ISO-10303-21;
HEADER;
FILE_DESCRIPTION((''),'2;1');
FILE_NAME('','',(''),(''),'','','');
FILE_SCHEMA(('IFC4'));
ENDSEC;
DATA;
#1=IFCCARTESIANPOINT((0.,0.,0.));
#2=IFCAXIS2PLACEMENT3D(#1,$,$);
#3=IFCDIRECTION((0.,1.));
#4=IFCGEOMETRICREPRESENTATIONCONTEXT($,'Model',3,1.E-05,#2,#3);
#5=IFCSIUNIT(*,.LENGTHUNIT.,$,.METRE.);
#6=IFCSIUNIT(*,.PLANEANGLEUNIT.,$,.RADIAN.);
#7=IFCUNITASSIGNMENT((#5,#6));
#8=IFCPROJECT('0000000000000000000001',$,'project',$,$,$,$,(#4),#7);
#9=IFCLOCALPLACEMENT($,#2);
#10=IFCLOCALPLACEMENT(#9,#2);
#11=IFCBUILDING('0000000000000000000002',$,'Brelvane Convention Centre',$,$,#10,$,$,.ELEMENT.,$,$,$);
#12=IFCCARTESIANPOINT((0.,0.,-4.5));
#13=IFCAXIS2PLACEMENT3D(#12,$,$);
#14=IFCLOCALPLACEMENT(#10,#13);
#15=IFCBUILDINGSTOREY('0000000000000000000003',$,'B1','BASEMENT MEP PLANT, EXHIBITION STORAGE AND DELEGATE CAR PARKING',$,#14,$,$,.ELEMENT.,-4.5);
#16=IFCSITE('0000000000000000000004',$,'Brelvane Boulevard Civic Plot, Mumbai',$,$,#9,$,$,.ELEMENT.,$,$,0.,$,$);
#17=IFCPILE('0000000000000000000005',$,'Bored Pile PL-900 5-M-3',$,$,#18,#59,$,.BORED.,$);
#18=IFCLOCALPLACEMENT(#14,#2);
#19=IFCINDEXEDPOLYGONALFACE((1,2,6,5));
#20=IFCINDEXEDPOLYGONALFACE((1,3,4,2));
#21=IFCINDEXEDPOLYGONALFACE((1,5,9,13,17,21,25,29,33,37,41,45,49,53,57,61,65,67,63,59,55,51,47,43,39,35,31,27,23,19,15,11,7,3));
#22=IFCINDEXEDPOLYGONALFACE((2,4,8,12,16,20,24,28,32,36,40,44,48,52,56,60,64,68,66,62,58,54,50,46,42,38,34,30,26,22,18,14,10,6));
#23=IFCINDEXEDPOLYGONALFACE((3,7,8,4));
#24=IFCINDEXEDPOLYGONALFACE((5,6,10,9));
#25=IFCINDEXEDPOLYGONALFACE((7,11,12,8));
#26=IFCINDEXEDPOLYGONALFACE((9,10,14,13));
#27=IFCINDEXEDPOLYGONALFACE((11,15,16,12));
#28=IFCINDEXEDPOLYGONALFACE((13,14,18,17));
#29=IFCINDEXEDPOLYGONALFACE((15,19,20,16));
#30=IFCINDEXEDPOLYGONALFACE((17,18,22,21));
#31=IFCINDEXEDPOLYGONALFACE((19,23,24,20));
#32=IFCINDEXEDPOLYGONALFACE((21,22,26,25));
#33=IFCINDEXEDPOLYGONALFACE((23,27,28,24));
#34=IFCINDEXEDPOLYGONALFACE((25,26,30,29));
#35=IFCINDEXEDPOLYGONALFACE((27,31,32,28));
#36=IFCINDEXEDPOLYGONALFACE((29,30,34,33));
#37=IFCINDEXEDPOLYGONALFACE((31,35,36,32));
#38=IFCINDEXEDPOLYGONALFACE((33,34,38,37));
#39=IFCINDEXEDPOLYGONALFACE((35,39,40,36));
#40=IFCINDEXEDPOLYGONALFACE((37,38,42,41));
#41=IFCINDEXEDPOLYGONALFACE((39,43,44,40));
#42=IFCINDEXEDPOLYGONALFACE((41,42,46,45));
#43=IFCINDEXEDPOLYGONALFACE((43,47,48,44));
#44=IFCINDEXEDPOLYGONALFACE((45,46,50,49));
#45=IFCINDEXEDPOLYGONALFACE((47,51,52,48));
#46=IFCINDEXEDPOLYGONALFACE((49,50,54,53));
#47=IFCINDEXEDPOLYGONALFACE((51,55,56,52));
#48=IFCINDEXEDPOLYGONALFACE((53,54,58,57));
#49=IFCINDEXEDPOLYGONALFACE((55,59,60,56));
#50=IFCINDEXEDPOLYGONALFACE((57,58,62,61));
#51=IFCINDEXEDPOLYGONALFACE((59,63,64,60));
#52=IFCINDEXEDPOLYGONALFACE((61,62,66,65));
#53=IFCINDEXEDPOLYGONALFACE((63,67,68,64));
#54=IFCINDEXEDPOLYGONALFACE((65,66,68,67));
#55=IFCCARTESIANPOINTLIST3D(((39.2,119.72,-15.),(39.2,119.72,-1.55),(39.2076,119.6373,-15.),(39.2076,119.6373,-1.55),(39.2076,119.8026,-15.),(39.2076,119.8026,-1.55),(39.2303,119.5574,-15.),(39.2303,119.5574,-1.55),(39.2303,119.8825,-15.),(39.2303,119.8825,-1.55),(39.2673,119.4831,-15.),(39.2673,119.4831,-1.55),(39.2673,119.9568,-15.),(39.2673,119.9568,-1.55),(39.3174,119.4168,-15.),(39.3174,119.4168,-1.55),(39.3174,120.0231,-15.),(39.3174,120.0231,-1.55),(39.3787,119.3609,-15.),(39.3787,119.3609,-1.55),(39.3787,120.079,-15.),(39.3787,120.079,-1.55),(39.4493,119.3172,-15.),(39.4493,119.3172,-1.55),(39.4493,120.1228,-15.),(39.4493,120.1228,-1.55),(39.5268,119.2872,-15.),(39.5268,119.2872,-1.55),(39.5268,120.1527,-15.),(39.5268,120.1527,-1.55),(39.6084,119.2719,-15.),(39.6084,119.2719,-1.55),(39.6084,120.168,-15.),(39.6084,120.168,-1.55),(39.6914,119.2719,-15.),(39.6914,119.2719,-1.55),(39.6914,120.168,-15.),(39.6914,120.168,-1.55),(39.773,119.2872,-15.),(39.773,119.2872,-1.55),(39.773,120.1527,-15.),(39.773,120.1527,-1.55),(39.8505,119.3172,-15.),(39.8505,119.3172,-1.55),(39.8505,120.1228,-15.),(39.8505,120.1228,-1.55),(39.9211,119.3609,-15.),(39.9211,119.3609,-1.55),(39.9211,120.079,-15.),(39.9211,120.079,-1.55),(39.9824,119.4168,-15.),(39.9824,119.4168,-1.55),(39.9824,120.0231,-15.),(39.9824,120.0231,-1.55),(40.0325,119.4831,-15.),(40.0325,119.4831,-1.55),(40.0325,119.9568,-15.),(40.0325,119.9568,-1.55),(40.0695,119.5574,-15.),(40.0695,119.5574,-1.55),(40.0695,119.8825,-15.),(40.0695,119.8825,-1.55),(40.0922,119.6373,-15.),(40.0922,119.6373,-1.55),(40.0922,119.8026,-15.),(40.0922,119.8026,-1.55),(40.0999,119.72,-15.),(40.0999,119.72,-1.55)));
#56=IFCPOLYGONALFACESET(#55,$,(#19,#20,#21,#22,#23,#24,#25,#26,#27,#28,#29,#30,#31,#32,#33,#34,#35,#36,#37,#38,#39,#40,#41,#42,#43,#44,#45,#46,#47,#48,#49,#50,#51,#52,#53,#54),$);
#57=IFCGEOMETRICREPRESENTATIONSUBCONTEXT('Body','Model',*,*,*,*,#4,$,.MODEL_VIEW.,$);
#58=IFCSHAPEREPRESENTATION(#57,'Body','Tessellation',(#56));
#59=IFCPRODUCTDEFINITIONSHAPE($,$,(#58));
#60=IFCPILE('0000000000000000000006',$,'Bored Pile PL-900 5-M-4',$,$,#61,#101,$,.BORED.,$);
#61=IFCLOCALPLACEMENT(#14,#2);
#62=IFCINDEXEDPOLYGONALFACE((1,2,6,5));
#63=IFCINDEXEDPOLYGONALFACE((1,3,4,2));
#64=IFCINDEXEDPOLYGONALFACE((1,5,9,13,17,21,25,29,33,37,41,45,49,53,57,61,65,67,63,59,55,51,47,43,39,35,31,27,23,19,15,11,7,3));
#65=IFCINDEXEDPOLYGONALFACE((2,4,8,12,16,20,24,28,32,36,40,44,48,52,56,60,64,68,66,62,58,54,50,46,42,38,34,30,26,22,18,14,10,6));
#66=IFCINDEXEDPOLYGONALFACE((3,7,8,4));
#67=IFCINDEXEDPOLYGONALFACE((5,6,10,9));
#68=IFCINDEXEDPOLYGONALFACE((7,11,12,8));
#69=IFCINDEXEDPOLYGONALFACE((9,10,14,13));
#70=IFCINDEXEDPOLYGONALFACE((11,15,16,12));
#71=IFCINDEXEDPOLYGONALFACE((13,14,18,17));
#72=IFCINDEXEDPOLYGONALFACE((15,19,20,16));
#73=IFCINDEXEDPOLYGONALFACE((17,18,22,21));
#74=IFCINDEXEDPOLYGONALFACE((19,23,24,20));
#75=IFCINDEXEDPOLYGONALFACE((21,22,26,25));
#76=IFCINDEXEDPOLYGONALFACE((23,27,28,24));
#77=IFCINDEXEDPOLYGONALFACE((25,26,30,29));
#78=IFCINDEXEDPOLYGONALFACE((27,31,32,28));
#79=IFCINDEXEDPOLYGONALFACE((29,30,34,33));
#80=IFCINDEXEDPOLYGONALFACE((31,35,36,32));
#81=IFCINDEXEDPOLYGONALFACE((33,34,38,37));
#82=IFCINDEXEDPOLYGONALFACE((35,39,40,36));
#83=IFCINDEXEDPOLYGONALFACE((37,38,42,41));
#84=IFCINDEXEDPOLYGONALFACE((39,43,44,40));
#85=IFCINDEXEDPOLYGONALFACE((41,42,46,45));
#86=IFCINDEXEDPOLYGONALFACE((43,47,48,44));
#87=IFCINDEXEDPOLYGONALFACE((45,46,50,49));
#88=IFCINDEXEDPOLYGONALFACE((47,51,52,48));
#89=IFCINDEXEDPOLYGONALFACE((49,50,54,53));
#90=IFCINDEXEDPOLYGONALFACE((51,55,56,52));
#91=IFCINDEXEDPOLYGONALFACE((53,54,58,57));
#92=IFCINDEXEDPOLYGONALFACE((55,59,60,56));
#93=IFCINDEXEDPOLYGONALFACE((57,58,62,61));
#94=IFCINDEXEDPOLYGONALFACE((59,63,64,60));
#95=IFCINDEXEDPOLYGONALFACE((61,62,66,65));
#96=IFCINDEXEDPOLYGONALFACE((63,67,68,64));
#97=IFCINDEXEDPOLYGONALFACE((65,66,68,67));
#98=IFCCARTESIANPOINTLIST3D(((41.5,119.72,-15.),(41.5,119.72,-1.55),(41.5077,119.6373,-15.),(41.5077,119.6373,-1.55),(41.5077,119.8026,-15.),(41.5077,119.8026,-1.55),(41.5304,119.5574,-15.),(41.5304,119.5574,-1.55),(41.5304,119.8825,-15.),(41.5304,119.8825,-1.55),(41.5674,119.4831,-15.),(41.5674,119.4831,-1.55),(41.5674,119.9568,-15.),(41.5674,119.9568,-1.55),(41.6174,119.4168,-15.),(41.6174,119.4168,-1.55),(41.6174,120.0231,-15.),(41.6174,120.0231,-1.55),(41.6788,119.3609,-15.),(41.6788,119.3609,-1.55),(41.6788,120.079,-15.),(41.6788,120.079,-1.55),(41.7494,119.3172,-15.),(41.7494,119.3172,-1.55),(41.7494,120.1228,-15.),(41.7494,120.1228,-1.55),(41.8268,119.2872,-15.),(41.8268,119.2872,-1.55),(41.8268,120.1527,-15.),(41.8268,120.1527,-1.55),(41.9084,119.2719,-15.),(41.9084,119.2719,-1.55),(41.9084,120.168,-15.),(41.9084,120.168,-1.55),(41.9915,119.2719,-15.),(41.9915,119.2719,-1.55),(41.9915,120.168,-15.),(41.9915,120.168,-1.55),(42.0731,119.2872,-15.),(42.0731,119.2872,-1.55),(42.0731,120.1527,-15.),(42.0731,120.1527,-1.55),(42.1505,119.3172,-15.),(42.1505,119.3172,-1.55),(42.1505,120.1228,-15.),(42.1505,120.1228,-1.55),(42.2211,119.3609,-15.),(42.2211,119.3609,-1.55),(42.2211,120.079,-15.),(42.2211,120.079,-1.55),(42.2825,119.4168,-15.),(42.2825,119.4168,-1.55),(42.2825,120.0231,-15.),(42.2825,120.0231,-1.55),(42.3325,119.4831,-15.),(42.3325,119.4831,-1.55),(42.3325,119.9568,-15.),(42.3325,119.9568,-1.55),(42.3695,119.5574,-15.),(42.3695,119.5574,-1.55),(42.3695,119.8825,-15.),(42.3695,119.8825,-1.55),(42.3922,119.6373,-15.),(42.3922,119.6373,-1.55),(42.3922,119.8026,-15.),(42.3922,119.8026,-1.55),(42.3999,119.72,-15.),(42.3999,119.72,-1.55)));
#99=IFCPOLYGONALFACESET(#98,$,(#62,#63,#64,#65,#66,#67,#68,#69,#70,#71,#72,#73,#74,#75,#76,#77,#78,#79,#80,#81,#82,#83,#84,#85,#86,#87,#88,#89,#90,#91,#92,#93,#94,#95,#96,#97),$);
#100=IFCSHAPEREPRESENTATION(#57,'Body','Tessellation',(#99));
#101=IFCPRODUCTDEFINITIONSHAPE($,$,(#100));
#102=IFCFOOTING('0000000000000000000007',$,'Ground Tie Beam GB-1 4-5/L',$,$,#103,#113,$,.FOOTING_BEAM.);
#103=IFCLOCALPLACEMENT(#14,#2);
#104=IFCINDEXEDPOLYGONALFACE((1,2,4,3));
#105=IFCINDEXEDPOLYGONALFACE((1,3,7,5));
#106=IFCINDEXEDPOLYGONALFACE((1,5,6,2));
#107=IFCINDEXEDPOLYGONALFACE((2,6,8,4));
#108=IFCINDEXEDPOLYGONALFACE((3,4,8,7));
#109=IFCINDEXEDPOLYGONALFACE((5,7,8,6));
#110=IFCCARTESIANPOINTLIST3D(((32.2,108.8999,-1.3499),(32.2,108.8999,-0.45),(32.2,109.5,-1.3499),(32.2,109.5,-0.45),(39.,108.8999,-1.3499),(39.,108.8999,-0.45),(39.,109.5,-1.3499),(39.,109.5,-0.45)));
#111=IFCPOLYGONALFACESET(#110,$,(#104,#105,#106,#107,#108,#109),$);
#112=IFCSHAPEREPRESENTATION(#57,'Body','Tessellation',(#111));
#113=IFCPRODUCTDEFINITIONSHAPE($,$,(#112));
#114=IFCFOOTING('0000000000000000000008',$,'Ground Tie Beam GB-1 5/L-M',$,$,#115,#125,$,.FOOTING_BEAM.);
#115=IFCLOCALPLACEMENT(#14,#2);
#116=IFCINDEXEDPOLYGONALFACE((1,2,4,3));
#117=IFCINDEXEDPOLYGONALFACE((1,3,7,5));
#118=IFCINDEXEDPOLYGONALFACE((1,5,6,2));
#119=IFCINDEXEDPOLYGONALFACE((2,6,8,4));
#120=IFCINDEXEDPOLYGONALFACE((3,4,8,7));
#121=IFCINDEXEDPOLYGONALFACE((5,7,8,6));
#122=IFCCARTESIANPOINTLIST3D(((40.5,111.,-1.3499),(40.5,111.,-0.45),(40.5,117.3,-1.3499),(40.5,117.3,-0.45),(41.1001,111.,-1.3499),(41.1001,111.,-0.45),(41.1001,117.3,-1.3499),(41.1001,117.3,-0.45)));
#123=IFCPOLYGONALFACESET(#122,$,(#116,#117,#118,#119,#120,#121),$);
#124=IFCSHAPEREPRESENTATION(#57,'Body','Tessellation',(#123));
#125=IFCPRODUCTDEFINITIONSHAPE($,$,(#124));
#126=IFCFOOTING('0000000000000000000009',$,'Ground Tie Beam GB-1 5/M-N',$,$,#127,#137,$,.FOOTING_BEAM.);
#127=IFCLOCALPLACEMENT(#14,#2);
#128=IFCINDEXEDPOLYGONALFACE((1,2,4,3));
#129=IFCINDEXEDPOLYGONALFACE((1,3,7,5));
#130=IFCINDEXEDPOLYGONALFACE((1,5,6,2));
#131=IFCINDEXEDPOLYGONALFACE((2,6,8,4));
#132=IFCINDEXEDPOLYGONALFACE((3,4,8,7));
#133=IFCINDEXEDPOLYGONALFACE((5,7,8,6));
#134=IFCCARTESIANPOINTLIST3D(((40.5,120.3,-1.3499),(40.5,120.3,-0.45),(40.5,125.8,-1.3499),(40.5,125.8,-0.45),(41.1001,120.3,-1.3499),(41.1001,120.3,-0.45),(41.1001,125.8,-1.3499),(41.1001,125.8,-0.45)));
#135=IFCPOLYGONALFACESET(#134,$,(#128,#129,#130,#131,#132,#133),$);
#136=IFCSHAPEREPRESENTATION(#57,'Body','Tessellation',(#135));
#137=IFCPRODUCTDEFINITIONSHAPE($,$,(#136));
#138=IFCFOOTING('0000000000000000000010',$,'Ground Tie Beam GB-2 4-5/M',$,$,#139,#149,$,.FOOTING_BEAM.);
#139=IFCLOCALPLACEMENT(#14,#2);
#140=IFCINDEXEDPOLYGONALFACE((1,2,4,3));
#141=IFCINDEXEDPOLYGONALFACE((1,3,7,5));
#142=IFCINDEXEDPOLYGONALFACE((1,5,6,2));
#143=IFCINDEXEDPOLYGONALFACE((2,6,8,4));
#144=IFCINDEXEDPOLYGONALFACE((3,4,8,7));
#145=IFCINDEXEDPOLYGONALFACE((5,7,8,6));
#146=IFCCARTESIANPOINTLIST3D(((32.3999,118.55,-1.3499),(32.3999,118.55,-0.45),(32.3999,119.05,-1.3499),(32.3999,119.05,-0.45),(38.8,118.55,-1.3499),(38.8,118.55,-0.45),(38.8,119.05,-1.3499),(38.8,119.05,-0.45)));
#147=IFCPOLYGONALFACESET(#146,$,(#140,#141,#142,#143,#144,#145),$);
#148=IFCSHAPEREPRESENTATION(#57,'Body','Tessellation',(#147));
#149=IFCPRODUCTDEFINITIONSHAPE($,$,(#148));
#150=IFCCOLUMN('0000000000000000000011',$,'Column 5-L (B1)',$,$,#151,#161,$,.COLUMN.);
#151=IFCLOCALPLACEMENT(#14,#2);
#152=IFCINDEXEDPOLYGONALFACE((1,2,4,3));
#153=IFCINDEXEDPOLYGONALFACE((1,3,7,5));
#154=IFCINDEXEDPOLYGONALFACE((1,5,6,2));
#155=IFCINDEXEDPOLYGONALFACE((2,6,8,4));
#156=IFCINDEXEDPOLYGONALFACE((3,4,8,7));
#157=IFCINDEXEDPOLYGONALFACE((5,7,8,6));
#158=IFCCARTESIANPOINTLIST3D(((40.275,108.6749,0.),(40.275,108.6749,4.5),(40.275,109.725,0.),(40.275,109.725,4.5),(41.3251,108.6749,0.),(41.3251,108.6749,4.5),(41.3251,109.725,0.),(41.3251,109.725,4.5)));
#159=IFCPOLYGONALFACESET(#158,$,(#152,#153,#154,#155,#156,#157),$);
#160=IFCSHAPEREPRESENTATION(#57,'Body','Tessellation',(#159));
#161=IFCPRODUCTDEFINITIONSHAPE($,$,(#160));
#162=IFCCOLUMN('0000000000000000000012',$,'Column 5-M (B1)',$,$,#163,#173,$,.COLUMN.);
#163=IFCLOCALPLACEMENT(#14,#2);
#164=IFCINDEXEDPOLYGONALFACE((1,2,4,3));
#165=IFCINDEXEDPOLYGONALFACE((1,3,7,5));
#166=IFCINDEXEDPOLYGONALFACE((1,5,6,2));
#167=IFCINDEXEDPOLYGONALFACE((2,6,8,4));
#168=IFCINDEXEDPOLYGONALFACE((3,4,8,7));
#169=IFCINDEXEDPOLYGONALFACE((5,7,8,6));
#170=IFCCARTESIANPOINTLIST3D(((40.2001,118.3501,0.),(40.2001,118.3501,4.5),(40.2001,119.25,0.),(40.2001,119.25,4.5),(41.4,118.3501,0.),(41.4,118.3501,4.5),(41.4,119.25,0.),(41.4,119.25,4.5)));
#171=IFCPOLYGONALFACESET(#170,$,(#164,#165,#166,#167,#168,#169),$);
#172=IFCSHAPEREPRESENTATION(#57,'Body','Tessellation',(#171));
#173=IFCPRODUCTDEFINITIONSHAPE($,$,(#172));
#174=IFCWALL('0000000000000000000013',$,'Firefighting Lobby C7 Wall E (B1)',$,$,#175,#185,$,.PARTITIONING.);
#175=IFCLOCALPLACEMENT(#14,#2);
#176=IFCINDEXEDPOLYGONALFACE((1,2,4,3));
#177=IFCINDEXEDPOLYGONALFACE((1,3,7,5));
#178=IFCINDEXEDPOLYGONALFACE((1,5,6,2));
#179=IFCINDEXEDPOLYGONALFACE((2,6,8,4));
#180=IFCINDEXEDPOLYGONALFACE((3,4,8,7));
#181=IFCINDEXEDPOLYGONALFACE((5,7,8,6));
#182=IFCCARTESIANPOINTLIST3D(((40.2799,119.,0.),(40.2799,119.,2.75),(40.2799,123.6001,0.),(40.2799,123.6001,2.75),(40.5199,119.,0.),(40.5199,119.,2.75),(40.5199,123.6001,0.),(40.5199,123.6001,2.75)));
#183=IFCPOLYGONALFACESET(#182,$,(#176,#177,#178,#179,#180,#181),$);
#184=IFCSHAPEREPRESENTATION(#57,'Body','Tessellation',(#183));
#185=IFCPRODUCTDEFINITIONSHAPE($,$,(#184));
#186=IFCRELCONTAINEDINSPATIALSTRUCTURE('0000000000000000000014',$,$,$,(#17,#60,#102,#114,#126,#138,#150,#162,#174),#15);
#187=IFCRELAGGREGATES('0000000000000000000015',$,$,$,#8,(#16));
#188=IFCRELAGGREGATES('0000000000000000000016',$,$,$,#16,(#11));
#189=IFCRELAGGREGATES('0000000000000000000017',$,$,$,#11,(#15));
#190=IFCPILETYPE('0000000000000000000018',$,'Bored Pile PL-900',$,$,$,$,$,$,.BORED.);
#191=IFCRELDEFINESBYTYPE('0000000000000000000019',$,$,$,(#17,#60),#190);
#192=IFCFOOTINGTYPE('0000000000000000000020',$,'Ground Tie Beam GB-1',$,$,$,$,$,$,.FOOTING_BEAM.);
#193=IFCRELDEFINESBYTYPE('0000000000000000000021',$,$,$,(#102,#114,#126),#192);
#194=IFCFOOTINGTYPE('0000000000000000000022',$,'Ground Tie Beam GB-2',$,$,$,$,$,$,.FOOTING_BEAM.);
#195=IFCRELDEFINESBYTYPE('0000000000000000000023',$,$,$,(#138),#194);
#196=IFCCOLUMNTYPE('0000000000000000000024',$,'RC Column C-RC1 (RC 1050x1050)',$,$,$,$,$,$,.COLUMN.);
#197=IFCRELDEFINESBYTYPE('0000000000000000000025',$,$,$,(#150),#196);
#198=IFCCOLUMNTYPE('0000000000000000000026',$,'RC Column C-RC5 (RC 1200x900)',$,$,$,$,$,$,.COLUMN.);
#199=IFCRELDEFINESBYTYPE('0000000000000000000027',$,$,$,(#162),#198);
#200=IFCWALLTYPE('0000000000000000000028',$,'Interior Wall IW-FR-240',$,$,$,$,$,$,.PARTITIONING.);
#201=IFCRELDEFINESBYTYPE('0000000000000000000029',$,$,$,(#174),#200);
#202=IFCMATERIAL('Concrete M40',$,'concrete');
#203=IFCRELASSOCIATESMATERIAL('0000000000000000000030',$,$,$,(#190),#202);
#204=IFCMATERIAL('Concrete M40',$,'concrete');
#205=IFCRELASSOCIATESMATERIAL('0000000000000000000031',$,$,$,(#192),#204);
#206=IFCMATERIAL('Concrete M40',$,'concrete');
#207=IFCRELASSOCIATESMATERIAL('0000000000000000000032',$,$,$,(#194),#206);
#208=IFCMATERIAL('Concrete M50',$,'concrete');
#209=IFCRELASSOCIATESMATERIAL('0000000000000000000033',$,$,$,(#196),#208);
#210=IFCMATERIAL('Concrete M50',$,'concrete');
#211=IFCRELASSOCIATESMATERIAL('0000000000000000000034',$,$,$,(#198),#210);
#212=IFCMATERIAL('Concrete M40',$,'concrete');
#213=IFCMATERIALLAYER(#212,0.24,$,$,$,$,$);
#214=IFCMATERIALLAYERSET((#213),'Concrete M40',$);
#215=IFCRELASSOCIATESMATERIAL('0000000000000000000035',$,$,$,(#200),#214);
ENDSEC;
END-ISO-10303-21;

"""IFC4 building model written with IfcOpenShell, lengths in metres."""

from ifc_helpers import new_model, si_unit, direction, frame, frame_2d, origin, origin_2d, place, context, subcontext, project, spatial, rectangle, circle, extrude, material, layer, layer_set, material_profile, profile_set, type_object, element, save


model = new_model("IFC4")

# Units and contexts
model_context = context("Model", 3, precision=1e-05, world=origin(), true_north=direction((0.0, 1.0)))
body_context = subcontext(model_context, "Body", "Model", "MODEL_VIEW")
ifc_project = project(units=[si_unit("LENGTHUNIT", "METRE"), si_unit("PLANEANGLEUNIT", "RADIAN")], contexts=[model_context])

# Site, building, storey
site_placement = place(None, origin())
site = spatial("IfcSite", under=ifc_project, at=site_placement, Name="Brelvane Boulevard Civic Plot, Mumbai", CompositionType="ELEMENT", RefElevation=0.0)
building_placement = place(site_placement, origin())
building = spatial("IfcBuilding", under=site, at=building_placement, Name="Brelvane Convention Centre", CompositionType="ELEMENT")
storey_placement = place(building_placement, frame((0.0, 0.0, -4.5)))
storey = spatial("IfcBuildingStorey", under=building, at=storey_placement, Name="B1", Description="BASEMENT MEP PLANT, EXHIBITION STORAGE AND DELEGATE CAR PARKING", CompositionType="ELEMENT", Elevation=-4.5)

# Piles
ifc_material_1 = material(Name="Concrete M40", Category="concrete")
ifc_material_profile_1 = material_profile(ifc_material_1, circle(Radius=0.45, at=origin_2d()), Name="PILE D900")
ifc_profile_set_1 = profile_set([ifc_material_profile_1], Name="Concrete M40")
pile_type = type_object("IfcPileType", Name="Bored Pile PL-900", PredefinedType="BORED", material=ifc_profile_set_1)
for number, where, z_axis, x_axis, name in (
    (1, (39.6499, 119.72, -1.55), (0.0, 0.0, -1.0), (1.0, 0.0, 0.0), "Bored Pile PL-900 5-M-3"),
    (2, (41.95, 119.72, -1.55), (0.0, 0.0, -1.0), (1.0, 0.0, 0.0), "Bored Pile PL-900 5-M-4"),
):
    element("IfcPile", number, at=place(storey_placement, frame(where, z_axis=z_axis, x_axis=x_axis)), inside=storey, type_object=pile_type, Name=name, PredefinedType="BORED", context=body_context, shape_type="SweptSolid", body=[
        extrude(circle(Radius=0.45, at=origin_2d()), origin(), (0.0, 0.0, 1.0), 13.45),
    ])

# Footings
ifc_material_2 = material(Name="Concrete M40", Category="concrete")
ifc_material_profile_2 = material_profile(ifc_material_2, rectangle(XDim=0.6001, YDim=0.8999, at=origin_2d()), Name="RC 600x900")
ifc_profile_set_2 = profile_set([ifc_material_profile_2], Name="Concrete M40")
footing_type_1 = type_object("IfcFootingType", Name="Ground Tie Beam GB-1", PredefinedType="FOOTING_BEAM", material=ifc_profile_set_2)
footing_1_placement = place(storey_placement, frame((32.2, 109.2, -0.8999), z_axis=(1.0, 0.0, 0.0), x_axis=(0.0, 1.0, 0.0)))
element("IfcFooting", 3, at=footing_1_placement, inside=storey, type_object=footing_type_1, Name="Ground Tie Beam GB-1 4-5/L", PredefinedType="FOOTING_BEAM", context=body_context, shape_type="SweptSolid", body=[
    extrude(rectangle(XDim=0.6001, YDim=0.8999, at=origin_2d()), origin(), (0.0, 0.0, 1.0), 6.8),
])
footing_2_placement = place(storey_placement, frame((40.8, 111.0, -0.8999), z_axis=(0.0, 1.0, 0.0), x_axis=(-1.0, 0.0, 0.0)))
element("IfcFooting", 4, at=footing_2_placement, inside=storey, type_object=footing_type_1, Name="Ground Tie Beam GB-1 5/L-M", PredefinedType="FOOTING_BEAM", context=body_context, shape_type="SweptSolid", body=[
    extrude(rectangle(XDim=0.6001, YDim=0.8999, at=origin_2d()), origin(), (0.0, 0.0, 1.0), 6.3),
])
footing_3_placement = place(storey_placement, frame((40.8, 120.3, -0.8999), z_axis=(0.0, 1.0, 0.0), x_axis=(-1.0, 0.0, 0.0)))
element("IfcFooting", 5, at=footing_3_placement, inside=storey, type_object=footing_type_1, Name="Ground Tie Beam GB-1 5/M-N", PredefinedType="FOOTING_BEAM", context=body_context, shape_type="SweptSolid", body=[
    extrude(rectangle(XDim=0.6001, YDim=0.8999, at=origin_2d()), origin(), (0.0, 0.0, 1.0), 5.5),
])
ifc_material_3 = material(Name="Concrete M40", Category="concrete")
ifc_material_profile_3 = material_profile(ifc_material_3, rectangle(XDim=0.5, YDim=0.8999, at=origin_2d()), Name="RC 500x900")
ifc_profile_set_3 = profile_set([ifc_material_profile_3], Name="Concrete M40")
footing_type_2 = type_object("IfcFootingType", Name="Ground Tie Beam GB-2", PredefinedType="FOOTING_BEAM", material=ifc_profile_set_3)
footing_4_placement = place(storey_placement, frame((32.3999, 118.8, -0.8999), z_axis=(1.0, 0.0, 0.0), x_axis=(0.0, 1.0, 0.0)))
element("IfcFooting", 6, at=footing_4_placement, inside=storey, type_object=footing_type_2, Name="Ground Tie Beam GB-2 4-5/M", PredefinedType="FOOTING_BEAM", context=body_context, shape_type="SweptSolid", body=[
    extrude(rectangle(XDim=0.5, YDim=0.8999, at=origin_2d()), origin(), (0.0, 0.0, 1.0), 6.4001),
])

# Columns
ifc_material_4 = material(Name="Concrete M50", Category="concrete")
ifc_material_profile_4 = material_profile(ifc_material_4, rectangle(XDim=1.05, YDim=1.05, at=origin_2d()), Name="RC 1050x1050")
ifc_profile_set_4 = profile_set([ifc_material_profile_4], Name="Concrete M50")
column_type_1 = type_object("IfcColumnType", Name="RC Column C-RC1 (RC 1050x1050)", PredefinedType="COLUMN", material=ifc_profile_set_4)
column_1_placement = place(storey_placement, frame((40.8, 109.2, 0.0), z_axis=(0.0, 0.0, 1.0), x_axis=(1.0, 0.0, 0.0)))
element("IfcColumn", 7, at=column_1_placement, inside=storey, type_object=column_type_1, Name="Column 5-L (B1)", PredefinedType="COLUMN", context=body_context, shape_type="SweptSolid", body=[
    extrude(rectangle(XDim=1.05, YDim=1.05, at=origin_2d()), origin(), (0.0, 0.0, 1.0), 4.5),
])
ifc_material_5 = material(Name="Concrete M50", Category="concrete")
ifc_material_profile_5 = material_profile(ifc_material_5, rectangle(XDim=1.2, YDim=0.8999, at=origin_2d()), Name="RC 1200x900")
ifc_profile_set_5 = profile_set([ifc_material_profile_5], Name="Concrete M50")
column_type_2 = type_object("IfcColumnType", Name="RC Column C-RC5 (RC 1200x900)", PredefinedType="COLUMN", material=ifc_profile_set_5)
column_2_placement = place(storey_placement, frame((40.8, 118.8, 0.0), z_axis=(0.0, 0.0, 1.0), x_axis=(1.0, 0.0, 0.0)))
element("IfcColumn", 8, at=column_2_placement, inside=storey, type_object=column_type_2, Name="Column 5-M (B1)", PredefinedType="COLUMN", context=body_context, shape_type="SweptSolid", body=[
    extrude(rectangle(XDim=1.2, YDim=0.8999, at=origin_2d()), origin(), (0.0, 0.0, 1.0), 4.5),
])

# Wall
ifc_material_6 = material(Name="Concrete M40", Category="concrete")
ifc_layer_1 = layer(ifc_material_6, 0.24)
ifc_layer_set_1 = layer_set([ifc_layer_1], Name="Concrete M40")
wall_type_1 = type_object("IfcWallType", Name="Interior Wall IW-FR-240", PredefinedType="PARTITIONING", material=ifc_layer_set_1)
wall_1_placement = place(storey_placement, frame((40.3999, 119.0, 0.0), z_axis=(0.0, 0.0, 1.0), x_axis=(0.0, 1.0, 0.0)))
element("IfcWall", 9, at=wall_1_placement, inside=storey, type_object=wall_type_1, Name="Firefighting Lobby C7 Wall E (B1)", PredefinedType="PARTITIONING", context=body_context, shape_type="SweptSolid", body=[
    extrude(rectangle(XDim=4.6001, YDim=0.24, at=frame_2d((2.3, 0.0))), origin(), (0.0, 0.0, 1.0), 2.75),
])

save(model, "model.ifc")
